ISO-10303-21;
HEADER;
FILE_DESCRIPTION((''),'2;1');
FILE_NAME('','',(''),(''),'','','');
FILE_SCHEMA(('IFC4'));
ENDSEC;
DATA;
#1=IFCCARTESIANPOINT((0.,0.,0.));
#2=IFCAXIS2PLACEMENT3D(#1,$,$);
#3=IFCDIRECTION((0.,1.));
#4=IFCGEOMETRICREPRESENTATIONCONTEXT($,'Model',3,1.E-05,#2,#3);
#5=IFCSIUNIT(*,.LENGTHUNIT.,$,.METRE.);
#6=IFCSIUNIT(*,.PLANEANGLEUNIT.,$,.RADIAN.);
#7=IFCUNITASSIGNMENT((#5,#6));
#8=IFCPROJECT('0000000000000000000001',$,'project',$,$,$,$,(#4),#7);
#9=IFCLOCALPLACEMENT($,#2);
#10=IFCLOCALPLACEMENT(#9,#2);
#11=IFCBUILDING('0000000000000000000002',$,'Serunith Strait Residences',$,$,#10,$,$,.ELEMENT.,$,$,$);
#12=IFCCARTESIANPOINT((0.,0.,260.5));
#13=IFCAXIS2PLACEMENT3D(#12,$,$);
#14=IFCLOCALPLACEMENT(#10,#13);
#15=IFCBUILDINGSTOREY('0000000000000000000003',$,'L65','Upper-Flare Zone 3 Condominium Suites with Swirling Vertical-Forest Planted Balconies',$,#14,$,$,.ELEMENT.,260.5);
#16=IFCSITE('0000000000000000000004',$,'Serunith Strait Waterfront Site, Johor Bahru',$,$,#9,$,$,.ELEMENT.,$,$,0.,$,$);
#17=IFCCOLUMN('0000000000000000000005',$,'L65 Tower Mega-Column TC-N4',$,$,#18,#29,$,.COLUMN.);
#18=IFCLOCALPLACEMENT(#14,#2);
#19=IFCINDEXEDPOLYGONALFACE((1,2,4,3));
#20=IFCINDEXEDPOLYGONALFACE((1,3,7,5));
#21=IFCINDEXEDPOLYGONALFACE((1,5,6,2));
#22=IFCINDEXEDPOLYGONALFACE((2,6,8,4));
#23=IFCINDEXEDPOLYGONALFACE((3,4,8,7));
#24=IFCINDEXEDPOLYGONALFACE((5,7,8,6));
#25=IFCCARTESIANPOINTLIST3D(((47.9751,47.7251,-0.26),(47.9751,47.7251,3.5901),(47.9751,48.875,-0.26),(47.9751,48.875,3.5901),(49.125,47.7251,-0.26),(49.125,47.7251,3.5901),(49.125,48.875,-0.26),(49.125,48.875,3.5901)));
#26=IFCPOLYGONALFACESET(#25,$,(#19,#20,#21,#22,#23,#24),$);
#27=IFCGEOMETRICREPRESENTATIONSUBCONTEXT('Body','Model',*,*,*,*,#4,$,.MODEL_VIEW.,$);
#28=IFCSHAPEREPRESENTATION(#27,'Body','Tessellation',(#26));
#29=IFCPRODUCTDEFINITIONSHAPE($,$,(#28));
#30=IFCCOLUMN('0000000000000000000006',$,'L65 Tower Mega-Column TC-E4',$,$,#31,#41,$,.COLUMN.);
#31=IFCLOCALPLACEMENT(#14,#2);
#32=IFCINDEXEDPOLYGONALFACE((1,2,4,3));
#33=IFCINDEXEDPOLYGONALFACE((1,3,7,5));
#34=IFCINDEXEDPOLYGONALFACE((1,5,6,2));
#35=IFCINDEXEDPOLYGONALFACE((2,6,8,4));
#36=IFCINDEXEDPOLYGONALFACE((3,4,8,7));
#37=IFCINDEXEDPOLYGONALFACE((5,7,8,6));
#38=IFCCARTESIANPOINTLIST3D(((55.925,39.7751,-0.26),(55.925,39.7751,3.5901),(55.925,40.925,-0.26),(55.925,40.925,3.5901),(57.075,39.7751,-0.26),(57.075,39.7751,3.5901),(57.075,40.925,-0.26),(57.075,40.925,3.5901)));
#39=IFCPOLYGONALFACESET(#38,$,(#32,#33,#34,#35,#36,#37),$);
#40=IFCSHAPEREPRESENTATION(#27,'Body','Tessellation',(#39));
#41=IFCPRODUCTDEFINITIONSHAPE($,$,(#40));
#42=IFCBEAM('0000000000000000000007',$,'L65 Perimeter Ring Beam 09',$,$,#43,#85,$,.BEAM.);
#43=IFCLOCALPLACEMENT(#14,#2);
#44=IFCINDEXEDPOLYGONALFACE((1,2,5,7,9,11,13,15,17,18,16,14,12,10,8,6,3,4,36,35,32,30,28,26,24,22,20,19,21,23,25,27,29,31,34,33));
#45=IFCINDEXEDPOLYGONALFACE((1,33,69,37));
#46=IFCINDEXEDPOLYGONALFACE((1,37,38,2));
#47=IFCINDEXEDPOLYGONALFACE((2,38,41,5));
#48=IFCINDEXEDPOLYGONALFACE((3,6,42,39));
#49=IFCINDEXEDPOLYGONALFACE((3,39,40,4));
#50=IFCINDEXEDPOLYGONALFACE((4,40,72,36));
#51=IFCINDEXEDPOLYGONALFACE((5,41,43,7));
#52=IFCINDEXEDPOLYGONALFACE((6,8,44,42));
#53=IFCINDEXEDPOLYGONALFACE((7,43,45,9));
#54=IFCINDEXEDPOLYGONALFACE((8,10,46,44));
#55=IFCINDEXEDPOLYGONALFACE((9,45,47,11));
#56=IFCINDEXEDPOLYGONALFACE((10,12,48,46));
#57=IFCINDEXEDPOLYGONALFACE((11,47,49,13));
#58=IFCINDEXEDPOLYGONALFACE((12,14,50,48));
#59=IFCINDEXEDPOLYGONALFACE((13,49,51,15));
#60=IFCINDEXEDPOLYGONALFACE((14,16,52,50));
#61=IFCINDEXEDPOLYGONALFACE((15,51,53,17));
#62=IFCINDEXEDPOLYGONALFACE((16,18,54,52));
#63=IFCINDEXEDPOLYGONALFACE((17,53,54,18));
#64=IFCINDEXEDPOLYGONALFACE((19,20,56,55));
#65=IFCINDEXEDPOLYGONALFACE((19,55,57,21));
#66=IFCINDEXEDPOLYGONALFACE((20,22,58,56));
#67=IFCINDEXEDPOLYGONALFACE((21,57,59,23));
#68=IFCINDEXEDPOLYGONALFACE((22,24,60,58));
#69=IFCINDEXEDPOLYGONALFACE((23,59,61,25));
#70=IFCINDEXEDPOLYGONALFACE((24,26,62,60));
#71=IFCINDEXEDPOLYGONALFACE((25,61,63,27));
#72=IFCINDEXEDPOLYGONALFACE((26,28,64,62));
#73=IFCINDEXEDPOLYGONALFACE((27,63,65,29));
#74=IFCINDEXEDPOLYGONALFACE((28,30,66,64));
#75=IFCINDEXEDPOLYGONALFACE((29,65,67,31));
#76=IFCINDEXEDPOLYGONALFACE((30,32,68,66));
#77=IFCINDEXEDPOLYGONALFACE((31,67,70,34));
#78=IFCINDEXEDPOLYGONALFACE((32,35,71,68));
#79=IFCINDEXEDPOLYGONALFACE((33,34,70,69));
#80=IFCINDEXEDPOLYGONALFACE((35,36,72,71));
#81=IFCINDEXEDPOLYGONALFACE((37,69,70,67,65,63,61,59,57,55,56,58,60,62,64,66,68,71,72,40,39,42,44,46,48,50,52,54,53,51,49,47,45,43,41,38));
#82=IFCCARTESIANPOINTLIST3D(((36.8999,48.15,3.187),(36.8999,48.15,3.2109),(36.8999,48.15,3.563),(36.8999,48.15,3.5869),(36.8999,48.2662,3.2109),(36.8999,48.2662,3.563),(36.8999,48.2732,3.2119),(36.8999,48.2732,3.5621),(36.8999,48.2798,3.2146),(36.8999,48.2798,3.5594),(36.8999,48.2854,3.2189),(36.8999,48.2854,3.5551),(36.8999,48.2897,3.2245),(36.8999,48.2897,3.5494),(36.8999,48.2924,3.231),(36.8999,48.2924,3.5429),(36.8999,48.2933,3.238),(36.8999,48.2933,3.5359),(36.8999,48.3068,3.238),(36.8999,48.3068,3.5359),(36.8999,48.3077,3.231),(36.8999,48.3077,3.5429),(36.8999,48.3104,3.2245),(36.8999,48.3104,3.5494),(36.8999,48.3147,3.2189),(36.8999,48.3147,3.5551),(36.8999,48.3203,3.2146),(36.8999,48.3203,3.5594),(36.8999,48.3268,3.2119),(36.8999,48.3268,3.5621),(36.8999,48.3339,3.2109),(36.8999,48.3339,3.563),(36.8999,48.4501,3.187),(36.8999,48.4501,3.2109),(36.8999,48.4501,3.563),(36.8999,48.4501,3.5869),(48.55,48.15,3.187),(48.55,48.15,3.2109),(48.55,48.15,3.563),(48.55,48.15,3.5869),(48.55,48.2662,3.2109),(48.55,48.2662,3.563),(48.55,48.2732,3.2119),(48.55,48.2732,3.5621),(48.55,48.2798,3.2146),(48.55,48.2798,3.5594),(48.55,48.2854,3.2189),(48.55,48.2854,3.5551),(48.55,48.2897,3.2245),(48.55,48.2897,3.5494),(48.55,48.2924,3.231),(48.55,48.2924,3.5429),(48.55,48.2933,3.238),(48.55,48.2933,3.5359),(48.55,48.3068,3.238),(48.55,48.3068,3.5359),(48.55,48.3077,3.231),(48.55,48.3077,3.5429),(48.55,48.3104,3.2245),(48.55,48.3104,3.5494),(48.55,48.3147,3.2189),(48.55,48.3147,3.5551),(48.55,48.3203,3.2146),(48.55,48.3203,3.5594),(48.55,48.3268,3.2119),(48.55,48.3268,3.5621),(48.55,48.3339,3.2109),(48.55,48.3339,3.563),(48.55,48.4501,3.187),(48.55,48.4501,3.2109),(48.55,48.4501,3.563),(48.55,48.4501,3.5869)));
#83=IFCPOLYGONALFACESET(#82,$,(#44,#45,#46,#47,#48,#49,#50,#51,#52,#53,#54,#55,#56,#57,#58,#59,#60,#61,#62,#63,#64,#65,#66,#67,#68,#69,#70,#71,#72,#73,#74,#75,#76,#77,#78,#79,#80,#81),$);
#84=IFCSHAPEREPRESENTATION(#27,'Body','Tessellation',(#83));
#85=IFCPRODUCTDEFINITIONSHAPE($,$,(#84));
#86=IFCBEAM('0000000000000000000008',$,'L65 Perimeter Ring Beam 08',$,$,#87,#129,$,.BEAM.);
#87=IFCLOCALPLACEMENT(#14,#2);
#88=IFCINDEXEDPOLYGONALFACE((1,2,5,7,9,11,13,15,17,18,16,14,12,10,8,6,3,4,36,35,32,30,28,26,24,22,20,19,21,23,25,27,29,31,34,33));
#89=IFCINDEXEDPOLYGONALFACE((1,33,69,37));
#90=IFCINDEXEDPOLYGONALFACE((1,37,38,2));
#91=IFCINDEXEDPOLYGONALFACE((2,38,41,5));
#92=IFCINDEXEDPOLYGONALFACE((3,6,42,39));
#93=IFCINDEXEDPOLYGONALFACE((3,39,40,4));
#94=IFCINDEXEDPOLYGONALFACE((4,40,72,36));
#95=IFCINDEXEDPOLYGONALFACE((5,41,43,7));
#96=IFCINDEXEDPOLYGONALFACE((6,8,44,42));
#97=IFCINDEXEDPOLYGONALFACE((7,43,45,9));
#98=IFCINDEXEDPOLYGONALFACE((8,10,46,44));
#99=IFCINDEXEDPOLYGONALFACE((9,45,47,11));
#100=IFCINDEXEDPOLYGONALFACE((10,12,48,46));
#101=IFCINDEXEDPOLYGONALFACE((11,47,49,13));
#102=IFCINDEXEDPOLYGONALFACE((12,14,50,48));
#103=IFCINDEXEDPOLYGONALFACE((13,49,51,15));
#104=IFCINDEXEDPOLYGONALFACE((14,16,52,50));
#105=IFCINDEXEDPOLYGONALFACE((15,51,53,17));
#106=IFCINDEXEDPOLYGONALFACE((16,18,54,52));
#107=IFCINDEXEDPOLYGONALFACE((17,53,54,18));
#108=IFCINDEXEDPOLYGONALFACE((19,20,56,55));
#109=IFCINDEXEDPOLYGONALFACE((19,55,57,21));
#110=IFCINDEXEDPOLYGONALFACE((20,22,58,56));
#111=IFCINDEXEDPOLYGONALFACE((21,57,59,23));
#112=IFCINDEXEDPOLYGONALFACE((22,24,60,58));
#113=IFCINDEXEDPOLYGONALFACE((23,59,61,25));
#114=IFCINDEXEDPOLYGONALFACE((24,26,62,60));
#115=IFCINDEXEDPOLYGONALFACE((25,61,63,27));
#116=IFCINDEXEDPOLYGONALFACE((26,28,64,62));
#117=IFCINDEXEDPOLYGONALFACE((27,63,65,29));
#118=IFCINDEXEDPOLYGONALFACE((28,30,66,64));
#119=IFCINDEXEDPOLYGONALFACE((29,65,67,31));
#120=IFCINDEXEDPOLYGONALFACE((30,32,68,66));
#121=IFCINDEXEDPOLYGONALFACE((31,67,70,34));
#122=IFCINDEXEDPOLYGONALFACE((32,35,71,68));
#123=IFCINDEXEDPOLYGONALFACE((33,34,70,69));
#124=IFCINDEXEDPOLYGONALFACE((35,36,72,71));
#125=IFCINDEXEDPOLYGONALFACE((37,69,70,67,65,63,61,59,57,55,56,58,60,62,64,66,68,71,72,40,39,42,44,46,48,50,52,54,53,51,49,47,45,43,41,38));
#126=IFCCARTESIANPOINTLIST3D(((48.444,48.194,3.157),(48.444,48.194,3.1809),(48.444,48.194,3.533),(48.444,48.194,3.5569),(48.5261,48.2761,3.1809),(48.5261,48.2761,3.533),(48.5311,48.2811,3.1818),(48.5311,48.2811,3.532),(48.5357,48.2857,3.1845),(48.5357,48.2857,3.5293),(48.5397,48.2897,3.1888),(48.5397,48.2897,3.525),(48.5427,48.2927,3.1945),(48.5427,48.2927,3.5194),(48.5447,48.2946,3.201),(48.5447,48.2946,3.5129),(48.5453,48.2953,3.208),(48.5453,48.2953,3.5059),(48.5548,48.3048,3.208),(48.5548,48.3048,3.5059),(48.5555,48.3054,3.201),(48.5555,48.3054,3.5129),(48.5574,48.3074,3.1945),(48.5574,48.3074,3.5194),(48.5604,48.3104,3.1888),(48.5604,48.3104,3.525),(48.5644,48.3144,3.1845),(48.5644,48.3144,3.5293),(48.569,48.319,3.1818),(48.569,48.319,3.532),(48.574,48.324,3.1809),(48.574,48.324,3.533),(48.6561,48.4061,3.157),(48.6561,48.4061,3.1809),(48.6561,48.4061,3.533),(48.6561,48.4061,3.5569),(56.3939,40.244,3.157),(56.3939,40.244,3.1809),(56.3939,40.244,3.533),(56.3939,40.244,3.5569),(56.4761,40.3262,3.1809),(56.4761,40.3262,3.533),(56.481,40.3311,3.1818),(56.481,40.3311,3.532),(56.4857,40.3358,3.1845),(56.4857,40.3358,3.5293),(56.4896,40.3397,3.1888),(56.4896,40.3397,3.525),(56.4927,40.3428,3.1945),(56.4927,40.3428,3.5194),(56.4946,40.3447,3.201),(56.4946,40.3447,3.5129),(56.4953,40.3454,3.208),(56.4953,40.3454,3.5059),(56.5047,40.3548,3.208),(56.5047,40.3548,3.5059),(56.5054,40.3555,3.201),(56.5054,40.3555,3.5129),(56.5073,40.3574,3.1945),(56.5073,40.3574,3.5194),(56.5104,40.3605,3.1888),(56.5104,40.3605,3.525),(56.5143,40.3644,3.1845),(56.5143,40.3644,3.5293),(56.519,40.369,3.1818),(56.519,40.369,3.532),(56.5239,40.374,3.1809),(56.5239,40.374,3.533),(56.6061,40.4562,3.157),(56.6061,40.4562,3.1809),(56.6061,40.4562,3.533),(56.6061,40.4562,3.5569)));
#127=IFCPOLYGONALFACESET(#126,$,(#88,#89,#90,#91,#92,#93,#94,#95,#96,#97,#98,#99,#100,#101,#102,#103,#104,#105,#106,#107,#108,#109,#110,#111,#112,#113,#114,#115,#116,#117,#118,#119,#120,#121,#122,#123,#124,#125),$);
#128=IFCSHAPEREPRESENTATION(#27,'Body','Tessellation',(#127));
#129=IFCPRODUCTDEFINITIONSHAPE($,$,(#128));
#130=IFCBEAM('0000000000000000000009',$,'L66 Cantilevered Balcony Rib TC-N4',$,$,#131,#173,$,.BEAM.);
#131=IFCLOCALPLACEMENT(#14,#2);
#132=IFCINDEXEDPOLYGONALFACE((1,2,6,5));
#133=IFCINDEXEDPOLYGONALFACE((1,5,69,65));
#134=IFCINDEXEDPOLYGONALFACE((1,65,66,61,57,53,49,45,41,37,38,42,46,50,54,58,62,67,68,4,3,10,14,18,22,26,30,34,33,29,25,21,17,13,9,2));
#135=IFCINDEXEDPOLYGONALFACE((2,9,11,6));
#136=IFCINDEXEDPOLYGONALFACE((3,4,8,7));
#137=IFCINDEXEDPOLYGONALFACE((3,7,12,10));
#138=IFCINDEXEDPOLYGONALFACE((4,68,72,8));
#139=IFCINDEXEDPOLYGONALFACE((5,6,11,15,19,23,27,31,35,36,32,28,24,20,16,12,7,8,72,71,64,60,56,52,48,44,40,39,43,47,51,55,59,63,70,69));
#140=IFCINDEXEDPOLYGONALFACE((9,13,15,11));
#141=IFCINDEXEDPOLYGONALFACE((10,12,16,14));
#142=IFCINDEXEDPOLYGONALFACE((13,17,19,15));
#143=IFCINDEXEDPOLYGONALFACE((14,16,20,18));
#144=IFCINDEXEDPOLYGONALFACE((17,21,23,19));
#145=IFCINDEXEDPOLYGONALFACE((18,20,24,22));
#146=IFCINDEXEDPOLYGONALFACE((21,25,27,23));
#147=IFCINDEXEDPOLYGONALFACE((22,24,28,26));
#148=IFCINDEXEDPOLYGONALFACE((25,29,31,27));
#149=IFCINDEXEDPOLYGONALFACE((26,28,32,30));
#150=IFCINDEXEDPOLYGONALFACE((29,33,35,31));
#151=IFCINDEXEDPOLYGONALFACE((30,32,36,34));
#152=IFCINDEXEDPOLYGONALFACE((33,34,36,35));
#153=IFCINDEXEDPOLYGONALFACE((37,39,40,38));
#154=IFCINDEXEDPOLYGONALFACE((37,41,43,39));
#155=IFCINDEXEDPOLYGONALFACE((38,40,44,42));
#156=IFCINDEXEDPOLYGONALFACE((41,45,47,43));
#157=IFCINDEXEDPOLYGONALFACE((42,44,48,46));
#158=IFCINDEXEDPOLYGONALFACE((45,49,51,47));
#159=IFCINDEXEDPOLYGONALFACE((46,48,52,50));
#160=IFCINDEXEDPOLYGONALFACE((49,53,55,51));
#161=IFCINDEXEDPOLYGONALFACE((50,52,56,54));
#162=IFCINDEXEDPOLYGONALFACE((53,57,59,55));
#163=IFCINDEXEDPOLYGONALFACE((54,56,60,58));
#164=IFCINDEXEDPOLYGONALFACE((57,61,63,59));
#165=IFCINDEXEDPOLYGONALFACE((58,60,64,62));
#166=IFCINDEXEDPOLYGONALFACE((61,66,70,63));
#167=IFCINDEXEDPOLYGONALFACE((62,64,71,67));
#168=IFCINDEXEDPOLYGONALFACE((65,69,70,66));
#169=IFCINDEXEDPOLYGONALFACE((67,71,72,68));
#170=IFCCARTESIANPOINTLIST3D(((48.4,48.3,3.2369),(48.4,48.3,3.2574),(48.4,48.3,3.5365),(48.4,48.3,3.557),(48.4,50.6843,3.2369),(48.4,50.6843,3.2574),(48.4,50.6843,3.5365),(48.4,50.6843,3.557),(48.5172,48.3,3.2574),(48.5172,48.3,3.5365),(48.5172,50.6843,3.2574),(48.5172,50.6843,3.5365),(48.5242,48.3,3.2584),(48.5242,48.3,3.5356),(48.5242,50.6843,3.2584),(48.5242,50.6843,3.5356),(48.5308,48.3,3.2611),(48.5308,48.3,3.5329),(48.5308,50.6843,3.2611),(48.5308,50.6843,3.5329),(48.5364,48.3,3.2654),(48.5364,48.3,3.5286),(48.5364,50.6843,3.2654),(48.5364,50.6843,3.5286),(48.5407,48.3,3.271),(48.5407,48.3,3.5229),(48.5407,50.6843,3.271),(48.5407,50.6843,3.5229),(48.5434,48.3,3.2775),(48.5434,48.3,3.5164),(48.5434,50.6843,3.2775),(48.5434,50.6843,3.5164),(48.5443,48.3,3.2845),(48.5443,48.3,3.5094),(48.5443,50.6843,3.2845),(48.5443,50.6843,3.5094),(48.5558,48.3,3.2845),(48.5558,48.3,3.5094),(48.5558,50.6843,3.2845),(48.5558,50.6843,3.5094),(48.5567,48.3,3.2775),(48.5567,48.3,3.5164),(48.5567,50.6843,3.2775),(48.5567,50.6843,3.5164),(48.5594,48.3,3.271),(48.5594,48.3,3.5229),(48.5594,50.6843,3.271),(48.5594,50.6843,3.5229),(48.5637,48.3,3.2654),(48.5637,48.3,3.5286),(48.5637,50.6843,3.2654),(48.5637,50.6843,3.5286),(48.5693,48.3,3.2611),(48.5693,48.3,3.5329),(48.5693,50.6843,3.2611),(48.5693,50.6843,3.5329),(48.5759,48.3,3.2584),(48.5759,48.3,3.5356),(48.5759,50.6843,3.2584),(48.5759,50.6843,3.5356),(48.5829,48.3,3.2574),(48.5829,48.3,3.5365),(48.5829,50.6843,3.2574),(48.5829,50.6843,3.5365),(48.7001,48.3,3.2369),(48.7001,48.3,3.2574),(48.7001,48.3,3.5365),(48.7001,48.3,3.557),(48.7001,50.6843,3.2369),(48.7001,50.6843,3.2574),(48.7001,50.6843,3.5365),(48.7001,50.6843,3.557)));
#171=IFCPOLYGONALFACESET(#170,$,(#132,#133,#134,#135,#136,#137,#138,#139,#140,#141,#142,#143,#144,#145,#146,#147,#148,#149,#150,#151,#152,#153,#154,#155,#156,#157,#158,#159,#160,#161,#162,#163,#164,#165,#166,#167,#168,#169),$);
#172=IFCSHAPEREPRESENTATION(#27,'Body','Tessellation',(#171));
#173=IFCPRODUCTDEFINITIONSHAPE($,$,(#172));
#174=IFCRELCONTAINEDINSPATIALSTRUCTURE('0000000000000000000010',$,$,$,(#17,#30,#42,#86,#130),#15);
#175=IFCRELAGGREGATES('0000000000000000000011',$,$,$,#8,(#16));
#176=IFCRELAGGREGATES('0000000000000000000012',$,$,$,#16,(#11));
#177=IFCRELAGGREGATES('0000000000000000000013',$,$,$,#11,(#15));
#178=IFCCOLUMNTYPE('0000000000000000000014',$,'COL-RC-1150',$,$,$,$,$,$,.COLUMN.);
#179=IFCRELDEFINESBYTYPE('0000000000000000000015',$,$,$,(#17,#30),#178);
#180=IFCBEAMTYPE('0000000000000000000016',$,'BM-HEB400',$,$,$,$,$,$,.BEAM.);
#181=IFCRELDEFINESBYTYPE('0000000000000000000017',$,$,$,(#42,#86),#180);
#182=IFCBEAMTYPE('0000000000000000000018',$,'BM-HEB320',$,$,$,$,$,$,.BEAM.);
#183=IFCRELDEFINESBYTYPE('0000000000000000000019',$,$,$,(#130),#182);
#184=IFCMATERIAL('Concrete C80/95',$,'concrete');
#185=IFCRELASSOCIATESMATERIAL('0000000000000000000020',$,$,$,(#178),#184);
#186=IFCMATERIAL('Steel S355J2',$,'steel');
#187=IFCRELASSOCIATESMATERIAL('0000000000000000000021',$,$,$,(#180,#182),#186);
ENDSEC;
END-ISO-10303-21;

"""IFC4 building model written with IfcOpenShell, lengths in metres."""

from ifc_helpers import new_model, si_unit, direction, frame, origin, origin_2d, place, context, subcontext, project, spatial, rectangle, i_section, extrude, source, transform, mapped, material, material_profile, profile_set, type_object, element, save


model = new_model("IFC4")

# Units and contexts
model_context = context("Model", 3, precision=1e-05, world=origin(), true_north=direction((0.0, 1.0)))
body_context = subcontext(model_context, "Body", "Model", "MODEL_VIEW")
ifc_project = project(units=[si_unit("LENGTHUNIT", "METRE"), si_unit("PLANEANGLEUNIT", "RADIAN")], contexts=[model_context])

# Site, building, storey
site_placement = place(None, origin())
site = spatial("IfcSite", under=ifc_project, at=site_placement, Name="Serunith Strait Waterfront Site, Johor Bahru", CompositionType="ELEMENT", RefElevation=0.0)
building_placement = place(site_placement, origin())
building = spatial("IfcBuilding", under=site, at=building_placement, Name="Serunith Strait Residences", CompositionType="ELEMENT")
storey_placement = place(building_placement, frame((0.0, 0.0, 260.5)))
storey = spatial("IfcBuildingStorey", under=building, at=storey_placement, Name="L65", Description="Upper-Flare Zone 3 Condominium Suites with Swirling Vertical-Forest Planted Balconies", CompositionType="ELEMENT", Elevation=260.5)

# Columns
ifc_material_1 = material(Name="Concrete C80/95", Category="concrete")
ifc_material_profile_1 = material_profile(ifc_material_1, rectangle(XDim=1.1499, YDim=1.1499, at=origin_2d()), Name="RC 1150x1150")
ifc_profile_set_1 = profile_set([ifc_material_profile_1], Name="Concrete C80/95")
column_type = type_object("IfcColumnType", Name="COL-RC-1150", PredefinedType="COLUMN", material=ifc_profile_set_1)
shared_shape_1 = source(origin(), body_context, "Body", "SweptSolid", [
    extrude(rectangle(XDim=1.1499, YDim=1.1499, at=origin_2d()), origin(), (0.0, 0.0, 1.0), 3.8501),
])
for number, where, z_axis, x_axis, name in (
    (1, (48.55, 48.3, -0.26), (0.0, 0.0, 1.0), (1.0, 0.0, 0.0), "L65 Tower Mega-Column TC-N4"),
    (2, (56.5, 40.3501, -0.26), (0.0, 0.0, 1.0), (1.0, 0.0, 0.0), "L65 Tower Mega-Column TC-E4"),
):
    element("IfcColumn", number, at=place(storey_placement, frame(where, z_axis=z_axis, x_axis=x_axis)), inside=storey, type_object=column_type, Name=name, PredefinedType="COLUMN", context=body_context, shape_type="MappedRepresentation", body=[
        mapped(shared_shape_1, transform((0.0, 0.0, 0.0), scale=1.0)),
    ])

# Beams
ifc_material_2 = material(Name="Steel S355J2", Category="steel")
ifc_material_profile_2 = material_profile(ifc_material_2, i_section(OverallWidth=0.3, OverallDepth=0.3999, WebThickness=0.0134, FlangeThickness=0.0239, FilletRadius=0.0271, at=origin_2d()), Name="HEB 400")
ifc_profile_set_2 = profile_set([ifc_material_profile_2], Name="Steel S355J2")
beam_type_1 = type_object("IfcBeamType", Name="BM-HEB400", PredefinedType="BEAM", material=ifc_profile_set_2)
shared_shape_2 = source(origin(), body_context, "Body", "SweptSolid", [
    extrude(i_section(OverallWidth=0.3, OverallDepth=0.3999, WebThickness=0.0134, FlangeThickness=0.0239, FilletRadius=0.0271, at=origin_2d()), origin(), (0.0, 0.0, 1.0), 11.6501),
])
beam_1_placement = place(storey_placement, frame((48.55, 48.3, 3.387), z_axis=(-1.0, 0.0, 0.0), x_axis=(0.0, -1.0, 0.0)))
element("IfcBeam", 3, at=beam_1_placement, inside=storey, type_object=beam_type_1, Name="L65 Perimeter Ring Beam 09", PredefinedType="BEAM", context=body_context, shape_type="MappedRepresentation", body=[
    mapped(shared_shape_2, transform((0.0, 0.0, 0.0), scale=1.0)),
])
shared_shape_3 = source(origin(), body_context, "Body", "SweptSolid", [
    extrude(i_section(OverallWidth=0.3, OverallDepth=0.3999, WebThickness=0.0134, FlangeThickness=0.0239, FilletRadius=0.0271, at=origin_2d()), origin(), (0.0, 0.0, 1.0), 11.2429),
])
beam_2_placement = place(storey_placement, frame((56.5, 40.3501, 3.3569), z_axis=(-0.707107, 0.707107, 0.0), x_axis=(-0.707107, -0.707107, 0.0)))
element("IfcBeam", 4, at=beam_2_placement, inside=storey, type_object=beam_type_1, Name="L65 Perimeter Ring Beam 08", PredefinedType="BEAM", context=body_context, shape_type="MappedRepresentation", body=[
    mapped(shared_shape_3, transform((0.0, 0.0, 0.0), scale=1.0)),
])
ifc_material_profile_3 = material_profile(ifc_material_2, i_section(OverallWidth=0.3, OverallDepth=0.3201, WebThickness=0.0115, FlangeThickness=0.0205, FilletRadius=0.0271, at=origin_2d()), Name="HEB 320")
ifc_profile_set_3 = profile_set([ifc_material_profile_3], Name="Steel S355J2")
beam_type_2 = type_object("IfcBeamType", Name="BM-HEB320", PredefinedType="BEAM", material=ifc_profile_set_3)
shared_shape_4 = source(origin(), body_context, "Body", "SweptSolid", [
    extrude(i_section(OverallWidth=0.3, OverallDepth=0.3201, WebThickness=0.0115, FlangeThickness=0.0205, FilletRadius=0.0271, at=origin_2d()), origin(), (0.0, 0.0, 1.0), 2.3843),
])
beam_3_placement = place(storey_placement, frame((48.55, 48.3, 3.397), z_axis=(0.0, 1.0, 0.0), x_axis=(-1.0, 0.0, 0.0)))
element("IfcBeam", 5, at=beam_3_placement, inside=storey, type_object=beam_type_2, Name="L66 Cantilevered Balcony Rib TC-N4", PredefinedType="BEAM", context=body_context, shape_type="MappedRepresentation", body=[
    mapped(shared_shape_4, transform((0.0, 0.0, 0.0), scale=1.0)),
])

save(model, "model.ifc")
